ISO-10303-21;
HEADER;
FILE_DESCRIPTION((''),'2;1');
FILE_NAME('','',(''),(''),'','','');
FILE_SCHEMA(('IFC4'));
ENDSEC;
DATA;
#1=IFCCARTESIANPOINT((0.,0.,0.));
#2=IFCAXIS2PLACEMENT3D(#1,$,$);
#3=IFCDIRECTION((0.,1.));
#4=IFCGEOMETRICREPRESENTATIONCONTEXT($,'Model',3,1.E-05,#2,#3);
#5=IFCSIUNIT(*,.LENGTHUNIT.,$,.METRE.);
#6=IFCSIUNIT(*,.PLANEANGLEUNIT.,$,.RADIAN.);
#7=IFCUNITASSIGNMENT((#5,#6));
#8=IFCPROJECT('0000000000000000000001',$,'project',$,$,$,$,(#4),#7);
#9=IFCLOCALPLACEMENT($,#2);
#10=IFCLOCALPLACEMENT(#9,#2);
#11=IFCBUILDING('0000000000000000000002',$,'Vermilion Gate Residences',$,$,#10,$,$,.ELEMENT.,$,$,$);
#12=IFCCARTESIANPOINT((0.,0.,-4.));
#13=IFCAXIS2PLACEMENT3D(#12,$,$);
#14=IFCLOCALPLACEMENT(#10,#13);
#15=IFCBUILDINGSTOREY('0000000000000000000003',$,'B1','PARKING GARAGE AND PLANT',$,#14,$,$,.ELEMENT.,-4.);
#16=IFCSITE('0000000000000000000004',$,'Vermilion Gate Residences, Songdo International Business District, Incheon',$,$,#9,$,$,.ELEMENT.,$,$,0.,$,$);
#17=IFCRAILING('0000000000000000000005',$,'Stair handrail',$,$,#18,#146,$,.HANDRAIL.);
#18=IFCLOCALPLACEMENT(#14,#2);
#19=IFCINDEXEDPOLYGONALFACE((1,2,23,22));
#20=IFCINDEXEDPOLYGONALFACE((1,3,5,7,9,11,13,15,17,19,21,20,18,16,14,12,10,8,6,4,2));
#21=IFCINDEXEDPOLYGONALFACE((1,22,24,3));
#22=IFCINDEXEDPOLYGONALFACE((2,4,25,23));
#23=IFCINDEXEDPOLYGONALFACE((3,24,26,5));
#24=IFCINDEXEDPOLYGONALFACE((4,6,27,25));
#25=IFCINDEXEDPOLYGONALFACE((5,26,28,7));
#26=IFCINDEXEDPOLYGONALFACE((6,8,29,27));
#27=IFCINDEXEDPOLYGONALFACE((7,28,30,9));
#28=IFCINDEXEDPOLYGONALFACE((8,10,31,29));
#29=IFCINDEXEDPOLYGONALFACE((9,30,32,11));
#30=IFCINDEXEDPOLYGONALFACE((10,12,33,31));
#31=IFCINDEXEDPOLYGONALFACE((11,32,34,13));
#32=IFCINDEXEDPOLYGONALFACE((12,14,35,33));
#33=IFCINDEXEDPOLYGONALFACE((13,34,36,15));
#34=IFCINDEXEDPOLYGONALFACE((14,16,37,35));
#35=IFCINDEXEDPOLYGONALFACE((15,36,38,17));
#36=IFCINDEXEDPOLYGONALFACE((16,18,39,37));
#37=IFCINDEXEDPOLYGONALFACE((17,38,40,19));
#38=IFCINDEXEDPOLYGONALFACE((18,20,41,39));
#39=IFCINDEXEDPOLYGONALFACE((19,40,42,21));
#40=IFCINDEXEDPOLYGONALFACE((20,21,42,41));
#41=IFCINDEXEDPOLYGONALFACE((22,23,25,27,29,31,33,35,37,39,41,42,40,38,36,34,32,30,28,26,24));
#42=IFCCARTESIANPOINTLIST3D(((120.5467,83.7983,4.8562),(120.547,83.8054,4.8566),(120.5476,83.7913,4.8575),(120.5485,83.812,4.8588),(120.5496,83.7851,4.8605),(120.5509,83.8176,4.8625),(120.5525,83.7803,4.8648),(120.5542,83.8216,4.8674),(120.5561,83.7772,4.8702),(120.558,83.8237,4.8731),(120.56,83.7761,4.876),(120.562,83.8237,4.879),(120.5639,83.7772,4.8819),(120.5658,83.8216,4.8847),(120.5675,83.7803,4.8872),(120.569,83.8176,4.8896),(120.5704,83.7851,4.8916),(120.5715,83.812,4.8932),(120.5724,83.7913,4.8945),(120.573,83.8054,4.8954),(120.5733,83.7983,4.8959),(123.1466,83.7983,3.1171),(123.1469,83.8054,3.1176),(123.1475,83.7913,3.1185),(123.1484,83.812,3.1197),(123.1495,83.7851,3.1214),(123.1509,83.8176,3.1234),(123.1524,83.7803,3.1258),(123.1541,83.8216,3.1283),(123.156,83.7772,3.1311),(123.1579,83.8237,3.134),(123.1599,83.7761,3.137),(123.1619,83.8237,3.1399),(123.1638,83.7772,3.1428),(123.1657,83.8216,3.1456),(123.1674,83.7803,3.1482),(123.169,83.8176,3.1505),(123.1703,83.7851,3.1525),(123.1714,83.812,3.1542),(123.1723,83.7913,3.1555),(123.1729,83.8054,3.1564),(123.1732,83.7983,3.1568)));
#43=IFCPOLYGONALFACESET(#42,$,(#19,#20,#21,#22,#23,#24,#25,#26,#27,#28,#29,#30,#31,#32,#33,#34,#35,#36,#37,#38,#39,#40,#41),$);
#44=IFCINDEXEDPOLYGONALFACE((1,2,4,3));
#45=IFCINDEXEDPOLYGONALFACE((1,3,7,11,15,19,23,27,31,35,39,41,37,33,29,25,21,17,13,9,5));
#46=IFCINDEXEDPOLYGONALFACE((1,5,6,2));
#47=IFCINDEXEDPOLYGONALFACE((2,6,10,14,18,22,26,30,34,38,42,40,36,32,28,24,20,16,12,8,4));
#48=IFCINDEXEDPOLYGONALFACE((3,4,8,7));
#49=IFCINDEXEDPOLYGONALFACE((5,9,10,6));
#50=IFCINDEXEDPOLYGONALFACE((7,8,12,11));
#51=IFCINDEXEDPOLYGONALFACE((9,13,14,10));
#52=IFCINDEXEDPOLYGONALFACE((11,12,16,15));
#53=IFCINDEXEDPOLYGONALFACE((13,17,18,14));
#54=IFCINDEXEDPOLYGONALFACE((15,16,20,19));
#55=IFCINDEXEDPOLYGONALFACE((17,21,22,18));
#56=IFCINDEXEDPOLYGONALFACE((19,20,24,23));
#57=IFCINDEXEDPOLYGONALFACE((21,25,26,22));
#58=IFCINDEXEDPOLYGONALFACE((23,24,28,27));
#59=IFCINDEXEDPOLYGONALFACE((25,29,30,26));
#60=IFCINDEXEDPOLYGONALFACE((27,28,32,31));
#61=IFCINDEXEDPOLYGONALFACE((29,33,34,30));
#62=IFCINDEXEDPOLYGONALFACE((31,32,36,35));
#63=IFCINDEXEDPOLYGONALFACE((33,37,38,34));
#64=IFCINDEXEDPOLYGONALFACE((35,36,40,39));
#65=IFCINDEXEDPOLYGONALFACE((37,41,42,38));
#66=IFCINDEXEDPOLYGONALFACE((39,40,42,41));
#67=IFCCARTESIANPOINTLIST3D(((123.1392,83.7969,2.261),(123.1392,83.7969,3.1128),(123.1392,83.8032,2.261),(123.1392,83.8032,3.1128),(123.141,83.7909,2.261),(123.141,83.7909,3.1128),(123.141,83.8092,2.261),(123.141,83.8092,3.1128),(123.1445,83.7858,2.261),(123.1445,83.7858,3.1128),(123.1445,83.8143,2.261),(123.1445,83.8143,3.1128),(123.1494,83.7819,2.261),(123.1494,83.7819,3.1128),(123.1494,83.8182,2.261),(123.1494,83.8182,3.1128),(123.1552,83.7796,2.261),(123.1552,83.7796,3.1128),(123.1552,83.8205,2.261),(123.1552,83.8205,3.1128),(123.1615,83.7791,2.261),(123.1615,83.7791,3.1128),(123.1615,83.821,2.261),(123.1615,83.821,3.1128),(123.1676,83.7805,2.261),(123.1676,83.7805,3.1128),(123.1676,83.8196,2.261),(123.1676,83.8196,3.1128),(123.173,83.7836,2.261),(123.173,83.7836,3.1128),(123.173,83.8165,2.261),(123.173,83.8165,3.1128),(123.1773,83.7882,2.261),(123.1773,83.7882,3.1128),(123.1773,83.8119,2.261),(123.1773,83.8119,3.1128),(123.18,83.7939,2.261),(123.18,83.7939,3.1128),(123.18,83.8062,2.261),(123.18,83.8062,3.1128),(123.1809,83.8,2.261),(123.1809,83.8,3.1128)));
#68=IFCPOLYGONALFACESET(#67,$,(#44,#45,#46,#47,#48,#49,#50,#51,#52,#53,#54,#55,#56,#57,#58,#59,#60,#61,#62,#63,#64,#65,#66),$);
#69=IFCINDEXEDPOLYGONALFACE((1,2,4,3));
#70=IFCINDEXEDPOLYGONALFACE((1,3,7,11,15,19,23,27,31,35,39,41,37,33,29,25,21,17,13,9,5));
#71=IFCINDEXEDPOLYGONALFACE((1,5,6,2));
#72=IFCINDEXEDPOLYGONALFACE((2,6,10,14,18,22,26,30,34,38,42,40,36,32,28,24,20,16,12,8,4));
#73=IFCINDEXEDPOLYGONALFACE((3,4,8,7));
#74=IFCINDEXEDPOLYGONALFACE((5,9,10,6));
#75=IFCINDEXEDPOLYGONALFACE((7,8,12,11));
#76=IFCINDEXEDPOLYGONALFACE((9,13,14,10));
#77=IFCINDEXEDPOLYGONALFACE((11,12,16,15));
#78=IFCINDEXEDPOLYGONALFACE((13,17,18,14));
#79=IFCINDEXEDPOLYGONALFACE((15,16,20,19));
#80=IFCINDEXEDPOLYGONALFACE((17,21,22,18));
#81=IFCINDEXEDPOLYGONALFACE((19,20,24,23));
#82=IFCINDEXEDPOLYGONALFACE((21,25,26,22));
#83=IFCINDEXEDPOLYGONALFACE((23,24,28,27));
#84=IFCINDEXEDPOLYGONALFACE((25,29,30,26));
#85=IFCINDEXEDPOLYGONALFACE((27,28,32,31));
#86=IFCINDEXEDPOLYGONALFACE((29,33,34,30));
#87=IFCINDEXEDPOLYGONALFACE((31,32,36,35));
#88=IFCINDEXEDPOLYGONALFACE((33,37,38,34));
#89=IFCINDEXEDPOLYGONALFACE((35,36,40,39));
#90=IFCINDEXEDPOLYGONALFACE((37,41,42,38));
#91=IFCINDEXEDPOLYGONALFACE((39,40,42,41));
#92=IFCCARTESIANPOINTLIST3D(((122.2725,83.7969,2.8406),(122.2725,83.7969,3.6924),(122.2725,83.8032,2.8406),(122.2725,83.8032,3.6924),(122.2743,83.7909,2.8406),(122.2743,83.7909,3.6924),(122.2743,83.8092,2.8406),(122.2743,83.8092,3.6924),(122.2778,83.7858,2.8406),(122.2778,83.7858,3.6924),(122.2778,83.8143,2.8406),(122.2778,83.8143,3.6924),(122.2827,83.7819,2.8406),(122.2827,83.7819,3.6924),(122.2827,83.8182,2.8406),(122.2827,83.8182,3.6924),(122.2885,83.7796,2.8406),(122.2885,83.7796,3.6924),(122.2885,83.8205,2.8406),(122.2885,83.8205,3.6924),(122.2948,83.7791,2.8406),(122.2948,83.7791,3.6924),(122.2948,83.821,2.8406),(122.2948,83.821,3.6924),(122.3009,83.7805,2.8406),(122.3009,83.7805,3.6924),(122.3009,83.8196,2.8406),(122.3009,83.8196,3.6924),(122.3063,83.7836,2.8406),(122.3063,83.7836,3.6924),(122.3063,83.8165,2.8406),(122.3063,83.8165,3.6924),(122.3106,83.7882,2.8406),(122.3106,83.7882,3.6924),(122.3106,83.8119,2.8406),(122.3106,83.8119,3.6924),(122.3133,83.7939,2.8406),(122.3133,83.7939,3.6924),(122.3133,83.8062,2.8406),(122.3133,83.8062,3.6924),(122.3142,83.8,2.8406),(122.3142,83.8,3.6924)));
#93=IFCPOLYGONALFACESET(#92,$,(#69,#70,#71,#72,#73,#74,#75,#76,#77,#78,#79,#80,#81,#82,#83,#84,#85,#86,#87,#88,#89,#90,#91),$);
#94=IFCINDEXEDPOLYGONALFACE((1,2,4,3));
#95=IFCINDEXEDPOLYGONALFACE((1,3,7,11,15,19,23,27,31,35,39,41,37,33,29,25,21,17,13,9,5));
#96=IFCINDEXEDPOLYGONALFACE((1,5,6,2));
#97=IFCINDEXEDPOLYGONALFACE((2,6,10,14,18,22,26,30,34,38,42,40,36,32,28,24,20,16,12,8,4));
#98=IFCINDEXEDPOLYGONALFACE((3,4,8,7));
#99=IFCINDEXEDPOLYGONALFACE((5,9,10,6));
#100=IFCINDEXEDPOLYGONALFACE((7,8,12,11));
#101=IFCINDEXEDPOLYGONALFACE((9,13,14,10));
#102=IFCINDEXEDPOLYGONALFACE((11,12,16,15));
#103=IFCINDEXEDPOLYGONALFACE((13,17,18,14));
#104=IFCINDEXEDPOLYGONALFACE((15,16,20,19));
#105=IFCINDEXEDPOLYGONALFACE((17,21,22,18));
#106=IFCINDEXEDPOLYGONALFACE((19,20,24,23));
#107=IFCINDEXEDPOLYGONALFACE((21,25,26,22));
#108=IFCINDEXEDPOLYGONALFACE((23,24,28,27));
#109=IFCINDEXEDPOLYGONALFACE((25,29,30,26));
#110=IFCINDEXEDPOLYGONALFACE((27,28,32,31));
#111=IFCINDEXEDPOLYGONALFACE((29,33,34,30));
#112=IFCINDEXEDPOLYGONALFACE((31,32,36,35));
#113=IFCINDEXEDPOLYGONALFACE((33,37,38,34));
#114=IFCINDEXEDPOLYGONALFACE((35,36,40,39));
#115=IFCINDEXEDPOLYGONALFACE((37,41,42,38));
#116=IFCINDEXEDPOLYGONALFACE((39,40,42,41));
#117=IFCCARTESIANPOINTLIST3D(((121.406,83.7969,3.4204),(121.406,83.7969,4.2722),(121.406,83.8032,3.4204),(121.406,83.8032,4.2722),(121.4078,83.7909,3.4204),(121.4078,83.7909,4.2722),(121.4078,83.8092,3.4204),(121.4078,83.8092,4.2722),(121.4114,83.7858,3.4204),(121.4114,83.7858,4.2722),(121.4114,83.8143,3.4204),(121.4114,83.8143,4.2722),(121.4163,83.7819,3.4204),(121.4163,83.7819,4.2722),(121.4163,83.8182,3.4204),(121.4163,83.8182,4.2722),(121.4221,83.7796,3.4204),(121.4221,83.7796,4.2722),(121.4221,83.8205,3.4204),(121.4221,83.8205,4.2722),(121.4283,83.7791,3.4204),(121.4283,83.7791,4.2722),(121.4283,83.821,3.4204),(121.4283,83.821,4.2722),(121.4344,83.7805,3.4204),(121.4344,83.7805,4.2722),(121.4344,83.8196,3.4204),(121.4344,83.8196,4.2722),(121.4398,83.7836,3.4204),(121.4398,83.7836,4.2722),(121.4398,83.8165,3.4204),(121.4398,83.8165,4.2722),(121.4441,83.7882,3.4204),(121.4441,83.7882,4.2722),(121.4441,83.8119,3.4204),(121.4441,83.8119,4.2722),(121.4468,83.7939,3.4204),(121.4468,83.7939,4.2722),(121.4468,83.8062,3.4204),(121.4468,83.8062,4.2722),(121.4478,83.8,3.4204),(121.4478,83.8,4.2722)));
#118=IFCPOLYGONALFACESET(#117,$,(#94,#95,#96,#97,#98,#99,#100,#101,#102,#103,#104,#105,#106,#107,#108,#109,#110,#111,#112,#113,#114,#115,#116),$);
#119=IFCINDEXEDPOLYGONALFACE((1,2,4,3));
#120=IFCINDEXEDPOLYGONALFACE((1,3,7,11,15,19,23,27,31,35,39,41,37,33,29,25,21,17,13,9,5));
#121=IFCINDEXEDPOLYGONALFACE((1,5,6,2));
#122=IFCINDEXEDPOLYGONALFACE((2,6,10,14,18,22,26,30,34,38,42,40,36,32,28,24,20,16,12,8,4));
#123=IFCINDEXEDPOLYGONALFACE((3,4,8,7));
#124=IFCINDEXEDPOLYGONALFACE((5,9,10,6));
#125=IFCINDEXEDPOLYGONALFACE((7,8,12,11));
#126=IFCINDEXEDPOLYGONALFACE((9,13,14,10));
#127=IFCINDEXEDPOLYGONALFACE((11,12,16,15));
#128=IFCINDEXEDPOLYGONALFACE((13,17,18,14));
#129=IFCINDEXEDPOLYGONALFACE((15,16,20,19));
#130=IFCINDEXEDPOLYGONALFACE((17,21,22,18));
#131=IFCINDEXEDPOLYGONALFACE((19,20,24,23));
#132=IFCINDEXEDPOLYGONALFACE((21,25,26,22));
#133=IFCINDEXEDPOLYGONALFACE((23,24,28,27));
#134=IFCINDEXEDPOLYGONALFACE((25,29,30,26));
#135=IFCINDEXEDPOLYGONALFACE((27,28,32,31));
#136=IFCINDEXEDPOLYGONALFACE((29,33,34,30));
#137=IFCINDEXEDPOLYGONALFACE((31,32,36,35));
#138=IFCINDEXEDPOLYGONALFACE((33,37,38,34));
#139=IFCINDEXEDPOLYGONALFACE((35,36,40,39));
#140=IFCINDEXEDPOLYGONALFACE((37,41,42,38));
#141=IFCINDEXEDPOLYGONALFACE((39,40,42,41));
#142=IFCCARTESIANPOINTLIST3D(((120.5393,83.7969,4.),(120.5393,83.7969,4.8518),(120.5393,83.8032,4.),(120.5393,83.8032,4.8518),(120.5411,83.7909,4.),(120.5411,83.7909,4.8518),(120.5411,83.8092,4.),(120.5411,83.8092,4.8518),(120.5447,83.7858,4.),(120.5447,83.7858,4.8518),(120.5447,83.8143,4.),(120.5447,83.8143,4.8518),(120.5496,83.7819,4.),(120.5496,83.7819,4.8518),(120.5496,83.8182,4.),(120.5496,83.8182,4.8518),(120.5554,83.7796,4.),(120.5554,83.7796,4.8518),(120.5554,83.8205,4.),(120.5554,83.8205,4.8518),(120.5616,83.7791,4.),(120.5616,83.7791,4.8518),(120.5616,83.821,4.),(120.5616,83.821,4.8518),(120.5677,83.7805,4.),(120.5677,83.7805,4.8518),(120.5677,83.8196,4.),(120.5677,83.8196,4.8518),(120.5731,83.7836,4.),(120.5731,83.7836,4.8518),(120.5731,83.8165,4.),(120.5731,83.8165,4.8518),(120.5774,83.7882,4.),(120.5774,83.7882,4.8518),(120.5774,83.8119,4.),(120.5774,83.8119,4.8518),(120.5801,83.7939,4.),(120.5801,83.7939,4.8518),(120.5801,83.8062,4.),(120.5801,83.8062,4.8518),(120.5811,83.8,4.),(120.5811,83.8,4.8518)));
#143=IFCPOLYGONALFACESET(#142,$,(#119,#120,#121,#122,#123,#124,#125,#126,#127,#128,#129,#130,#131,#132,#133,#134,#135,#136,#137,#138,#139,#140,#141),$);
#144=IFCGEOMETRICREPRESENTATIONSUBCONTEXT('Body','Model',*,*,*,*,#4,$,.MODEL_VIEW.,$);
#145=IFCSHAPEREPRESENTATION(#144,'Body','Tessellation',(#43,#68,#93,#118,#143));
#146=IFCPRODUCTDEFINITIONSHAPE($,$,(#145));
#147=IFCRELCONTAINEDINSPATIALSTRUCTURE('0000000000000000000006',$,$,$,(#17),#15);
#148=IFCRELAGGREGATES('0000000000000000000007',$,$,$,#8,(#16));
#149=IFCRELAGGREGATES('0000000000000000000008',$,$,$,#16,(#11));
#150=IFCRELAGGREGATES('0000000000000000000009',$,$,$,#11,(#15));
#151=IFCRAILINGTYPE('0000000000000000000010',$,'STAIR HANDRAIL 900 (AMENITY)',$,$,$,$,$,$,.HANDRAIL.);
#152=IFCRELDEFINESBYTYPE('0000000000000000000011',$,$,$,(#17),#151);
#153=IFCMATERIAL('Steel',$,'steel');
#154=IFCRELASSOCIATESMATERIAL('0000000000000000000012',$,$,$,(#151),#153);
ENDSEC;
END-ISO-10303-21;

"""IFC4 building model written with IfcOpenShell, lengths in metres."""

from ifc_helpers import new_model, si_unit, direction, frame, origin, origin_2d, place, context, subcontext, project, spatial, circle, extrude, material, type_object, element, save


model = new_model("IFC4")

# Units and contexts
model_context = context("Model", 3, precision=1e-05, world=origin(), true_north=direction((0.0, 1.0)))
body_context = subcontext(model_context, "Body", "Model", "MODEL_VIEW")
ifc_project = project(units=[si_unit("LENGTHUNIT", "METRE"), si_unit("PLANEANGLEUNIT", "RADIAN")], contexts=[model_context])

# Site, building, storey
site_placement = place(None, origin())
site = spatial("IfcSite", under=ifc_project, at=site_placement, Name="Vermilion Gate Residences, Songdo International Business District, Incheon", CompositionType="ELEMENT", RefElevation=0.0)
building_placement = place(site_placement, origin())
building = spatial("IfcBuilding", under=site, at=building_placement, Name="Vermilion Gate Residences", CompositionType="ELEMENT")
storey_placement = place(building_placement, frame((0.0, 0.0, -4.0)))
storey = spatial("IfcBuildingStorey", under=building, at=storey_placement, Name="B1", Description="PARKING GARAGE AND PLANT", CompositionType="ELEMENT", Elevation=-4.0)

# Railing
ifc_material_1 = material(Name="Steel", Category="steel")
railing_type = type_object("IfcRailingType", Name="STAIR HANDRAIL 900 (AMENITY)", PredefinedType="HANDRAIL", material=ifc_material_1)
railing_1_placement = place(storey_placement, frame((123.1599, 83.8, 2.261)))
element("IfcRailing", 1, at=railing_1_placement, inside=storey, type_object=railing_type, Name="Stair handrail", PredefinedType="HANDRAIL", context=body_context, shape_type="SweptSolid", body=[
    extrude(circle(Radius=0.0239, at=origin_2d()), frame((0.0, 0.0, 0.876), z_axis=(-0.831197, 0.0, 0.555978), x_axis=(0.0, -1.0, 0.0)), (0.0, 0.0, 1.0), 3.1279),
    extrude(circle(Radius=0.021, at=origin_2d()), origin(), (0.0, 0.0, 1.0), 0.8518),
    extrude(circle(Radius=0.021, at=origin_2d()), frame((-0.8667, 0.0, 0.5796)), (0.0, 0.0, 1.0), 0.8518),
    extrude(circle(Radius=0.021, at=origin_2d()), frame((-1.7332, 0.0, 1.1594)), (0.0, 0.0, 1.0), 0.8518),
    extrude(circle(Radius=0.021, at=origin_2d()), frame((-2.5999, 0.0, 1.739)), (0.0, 0.0, 1.0), 0.8518),
])

save(model, "model.ifc")
